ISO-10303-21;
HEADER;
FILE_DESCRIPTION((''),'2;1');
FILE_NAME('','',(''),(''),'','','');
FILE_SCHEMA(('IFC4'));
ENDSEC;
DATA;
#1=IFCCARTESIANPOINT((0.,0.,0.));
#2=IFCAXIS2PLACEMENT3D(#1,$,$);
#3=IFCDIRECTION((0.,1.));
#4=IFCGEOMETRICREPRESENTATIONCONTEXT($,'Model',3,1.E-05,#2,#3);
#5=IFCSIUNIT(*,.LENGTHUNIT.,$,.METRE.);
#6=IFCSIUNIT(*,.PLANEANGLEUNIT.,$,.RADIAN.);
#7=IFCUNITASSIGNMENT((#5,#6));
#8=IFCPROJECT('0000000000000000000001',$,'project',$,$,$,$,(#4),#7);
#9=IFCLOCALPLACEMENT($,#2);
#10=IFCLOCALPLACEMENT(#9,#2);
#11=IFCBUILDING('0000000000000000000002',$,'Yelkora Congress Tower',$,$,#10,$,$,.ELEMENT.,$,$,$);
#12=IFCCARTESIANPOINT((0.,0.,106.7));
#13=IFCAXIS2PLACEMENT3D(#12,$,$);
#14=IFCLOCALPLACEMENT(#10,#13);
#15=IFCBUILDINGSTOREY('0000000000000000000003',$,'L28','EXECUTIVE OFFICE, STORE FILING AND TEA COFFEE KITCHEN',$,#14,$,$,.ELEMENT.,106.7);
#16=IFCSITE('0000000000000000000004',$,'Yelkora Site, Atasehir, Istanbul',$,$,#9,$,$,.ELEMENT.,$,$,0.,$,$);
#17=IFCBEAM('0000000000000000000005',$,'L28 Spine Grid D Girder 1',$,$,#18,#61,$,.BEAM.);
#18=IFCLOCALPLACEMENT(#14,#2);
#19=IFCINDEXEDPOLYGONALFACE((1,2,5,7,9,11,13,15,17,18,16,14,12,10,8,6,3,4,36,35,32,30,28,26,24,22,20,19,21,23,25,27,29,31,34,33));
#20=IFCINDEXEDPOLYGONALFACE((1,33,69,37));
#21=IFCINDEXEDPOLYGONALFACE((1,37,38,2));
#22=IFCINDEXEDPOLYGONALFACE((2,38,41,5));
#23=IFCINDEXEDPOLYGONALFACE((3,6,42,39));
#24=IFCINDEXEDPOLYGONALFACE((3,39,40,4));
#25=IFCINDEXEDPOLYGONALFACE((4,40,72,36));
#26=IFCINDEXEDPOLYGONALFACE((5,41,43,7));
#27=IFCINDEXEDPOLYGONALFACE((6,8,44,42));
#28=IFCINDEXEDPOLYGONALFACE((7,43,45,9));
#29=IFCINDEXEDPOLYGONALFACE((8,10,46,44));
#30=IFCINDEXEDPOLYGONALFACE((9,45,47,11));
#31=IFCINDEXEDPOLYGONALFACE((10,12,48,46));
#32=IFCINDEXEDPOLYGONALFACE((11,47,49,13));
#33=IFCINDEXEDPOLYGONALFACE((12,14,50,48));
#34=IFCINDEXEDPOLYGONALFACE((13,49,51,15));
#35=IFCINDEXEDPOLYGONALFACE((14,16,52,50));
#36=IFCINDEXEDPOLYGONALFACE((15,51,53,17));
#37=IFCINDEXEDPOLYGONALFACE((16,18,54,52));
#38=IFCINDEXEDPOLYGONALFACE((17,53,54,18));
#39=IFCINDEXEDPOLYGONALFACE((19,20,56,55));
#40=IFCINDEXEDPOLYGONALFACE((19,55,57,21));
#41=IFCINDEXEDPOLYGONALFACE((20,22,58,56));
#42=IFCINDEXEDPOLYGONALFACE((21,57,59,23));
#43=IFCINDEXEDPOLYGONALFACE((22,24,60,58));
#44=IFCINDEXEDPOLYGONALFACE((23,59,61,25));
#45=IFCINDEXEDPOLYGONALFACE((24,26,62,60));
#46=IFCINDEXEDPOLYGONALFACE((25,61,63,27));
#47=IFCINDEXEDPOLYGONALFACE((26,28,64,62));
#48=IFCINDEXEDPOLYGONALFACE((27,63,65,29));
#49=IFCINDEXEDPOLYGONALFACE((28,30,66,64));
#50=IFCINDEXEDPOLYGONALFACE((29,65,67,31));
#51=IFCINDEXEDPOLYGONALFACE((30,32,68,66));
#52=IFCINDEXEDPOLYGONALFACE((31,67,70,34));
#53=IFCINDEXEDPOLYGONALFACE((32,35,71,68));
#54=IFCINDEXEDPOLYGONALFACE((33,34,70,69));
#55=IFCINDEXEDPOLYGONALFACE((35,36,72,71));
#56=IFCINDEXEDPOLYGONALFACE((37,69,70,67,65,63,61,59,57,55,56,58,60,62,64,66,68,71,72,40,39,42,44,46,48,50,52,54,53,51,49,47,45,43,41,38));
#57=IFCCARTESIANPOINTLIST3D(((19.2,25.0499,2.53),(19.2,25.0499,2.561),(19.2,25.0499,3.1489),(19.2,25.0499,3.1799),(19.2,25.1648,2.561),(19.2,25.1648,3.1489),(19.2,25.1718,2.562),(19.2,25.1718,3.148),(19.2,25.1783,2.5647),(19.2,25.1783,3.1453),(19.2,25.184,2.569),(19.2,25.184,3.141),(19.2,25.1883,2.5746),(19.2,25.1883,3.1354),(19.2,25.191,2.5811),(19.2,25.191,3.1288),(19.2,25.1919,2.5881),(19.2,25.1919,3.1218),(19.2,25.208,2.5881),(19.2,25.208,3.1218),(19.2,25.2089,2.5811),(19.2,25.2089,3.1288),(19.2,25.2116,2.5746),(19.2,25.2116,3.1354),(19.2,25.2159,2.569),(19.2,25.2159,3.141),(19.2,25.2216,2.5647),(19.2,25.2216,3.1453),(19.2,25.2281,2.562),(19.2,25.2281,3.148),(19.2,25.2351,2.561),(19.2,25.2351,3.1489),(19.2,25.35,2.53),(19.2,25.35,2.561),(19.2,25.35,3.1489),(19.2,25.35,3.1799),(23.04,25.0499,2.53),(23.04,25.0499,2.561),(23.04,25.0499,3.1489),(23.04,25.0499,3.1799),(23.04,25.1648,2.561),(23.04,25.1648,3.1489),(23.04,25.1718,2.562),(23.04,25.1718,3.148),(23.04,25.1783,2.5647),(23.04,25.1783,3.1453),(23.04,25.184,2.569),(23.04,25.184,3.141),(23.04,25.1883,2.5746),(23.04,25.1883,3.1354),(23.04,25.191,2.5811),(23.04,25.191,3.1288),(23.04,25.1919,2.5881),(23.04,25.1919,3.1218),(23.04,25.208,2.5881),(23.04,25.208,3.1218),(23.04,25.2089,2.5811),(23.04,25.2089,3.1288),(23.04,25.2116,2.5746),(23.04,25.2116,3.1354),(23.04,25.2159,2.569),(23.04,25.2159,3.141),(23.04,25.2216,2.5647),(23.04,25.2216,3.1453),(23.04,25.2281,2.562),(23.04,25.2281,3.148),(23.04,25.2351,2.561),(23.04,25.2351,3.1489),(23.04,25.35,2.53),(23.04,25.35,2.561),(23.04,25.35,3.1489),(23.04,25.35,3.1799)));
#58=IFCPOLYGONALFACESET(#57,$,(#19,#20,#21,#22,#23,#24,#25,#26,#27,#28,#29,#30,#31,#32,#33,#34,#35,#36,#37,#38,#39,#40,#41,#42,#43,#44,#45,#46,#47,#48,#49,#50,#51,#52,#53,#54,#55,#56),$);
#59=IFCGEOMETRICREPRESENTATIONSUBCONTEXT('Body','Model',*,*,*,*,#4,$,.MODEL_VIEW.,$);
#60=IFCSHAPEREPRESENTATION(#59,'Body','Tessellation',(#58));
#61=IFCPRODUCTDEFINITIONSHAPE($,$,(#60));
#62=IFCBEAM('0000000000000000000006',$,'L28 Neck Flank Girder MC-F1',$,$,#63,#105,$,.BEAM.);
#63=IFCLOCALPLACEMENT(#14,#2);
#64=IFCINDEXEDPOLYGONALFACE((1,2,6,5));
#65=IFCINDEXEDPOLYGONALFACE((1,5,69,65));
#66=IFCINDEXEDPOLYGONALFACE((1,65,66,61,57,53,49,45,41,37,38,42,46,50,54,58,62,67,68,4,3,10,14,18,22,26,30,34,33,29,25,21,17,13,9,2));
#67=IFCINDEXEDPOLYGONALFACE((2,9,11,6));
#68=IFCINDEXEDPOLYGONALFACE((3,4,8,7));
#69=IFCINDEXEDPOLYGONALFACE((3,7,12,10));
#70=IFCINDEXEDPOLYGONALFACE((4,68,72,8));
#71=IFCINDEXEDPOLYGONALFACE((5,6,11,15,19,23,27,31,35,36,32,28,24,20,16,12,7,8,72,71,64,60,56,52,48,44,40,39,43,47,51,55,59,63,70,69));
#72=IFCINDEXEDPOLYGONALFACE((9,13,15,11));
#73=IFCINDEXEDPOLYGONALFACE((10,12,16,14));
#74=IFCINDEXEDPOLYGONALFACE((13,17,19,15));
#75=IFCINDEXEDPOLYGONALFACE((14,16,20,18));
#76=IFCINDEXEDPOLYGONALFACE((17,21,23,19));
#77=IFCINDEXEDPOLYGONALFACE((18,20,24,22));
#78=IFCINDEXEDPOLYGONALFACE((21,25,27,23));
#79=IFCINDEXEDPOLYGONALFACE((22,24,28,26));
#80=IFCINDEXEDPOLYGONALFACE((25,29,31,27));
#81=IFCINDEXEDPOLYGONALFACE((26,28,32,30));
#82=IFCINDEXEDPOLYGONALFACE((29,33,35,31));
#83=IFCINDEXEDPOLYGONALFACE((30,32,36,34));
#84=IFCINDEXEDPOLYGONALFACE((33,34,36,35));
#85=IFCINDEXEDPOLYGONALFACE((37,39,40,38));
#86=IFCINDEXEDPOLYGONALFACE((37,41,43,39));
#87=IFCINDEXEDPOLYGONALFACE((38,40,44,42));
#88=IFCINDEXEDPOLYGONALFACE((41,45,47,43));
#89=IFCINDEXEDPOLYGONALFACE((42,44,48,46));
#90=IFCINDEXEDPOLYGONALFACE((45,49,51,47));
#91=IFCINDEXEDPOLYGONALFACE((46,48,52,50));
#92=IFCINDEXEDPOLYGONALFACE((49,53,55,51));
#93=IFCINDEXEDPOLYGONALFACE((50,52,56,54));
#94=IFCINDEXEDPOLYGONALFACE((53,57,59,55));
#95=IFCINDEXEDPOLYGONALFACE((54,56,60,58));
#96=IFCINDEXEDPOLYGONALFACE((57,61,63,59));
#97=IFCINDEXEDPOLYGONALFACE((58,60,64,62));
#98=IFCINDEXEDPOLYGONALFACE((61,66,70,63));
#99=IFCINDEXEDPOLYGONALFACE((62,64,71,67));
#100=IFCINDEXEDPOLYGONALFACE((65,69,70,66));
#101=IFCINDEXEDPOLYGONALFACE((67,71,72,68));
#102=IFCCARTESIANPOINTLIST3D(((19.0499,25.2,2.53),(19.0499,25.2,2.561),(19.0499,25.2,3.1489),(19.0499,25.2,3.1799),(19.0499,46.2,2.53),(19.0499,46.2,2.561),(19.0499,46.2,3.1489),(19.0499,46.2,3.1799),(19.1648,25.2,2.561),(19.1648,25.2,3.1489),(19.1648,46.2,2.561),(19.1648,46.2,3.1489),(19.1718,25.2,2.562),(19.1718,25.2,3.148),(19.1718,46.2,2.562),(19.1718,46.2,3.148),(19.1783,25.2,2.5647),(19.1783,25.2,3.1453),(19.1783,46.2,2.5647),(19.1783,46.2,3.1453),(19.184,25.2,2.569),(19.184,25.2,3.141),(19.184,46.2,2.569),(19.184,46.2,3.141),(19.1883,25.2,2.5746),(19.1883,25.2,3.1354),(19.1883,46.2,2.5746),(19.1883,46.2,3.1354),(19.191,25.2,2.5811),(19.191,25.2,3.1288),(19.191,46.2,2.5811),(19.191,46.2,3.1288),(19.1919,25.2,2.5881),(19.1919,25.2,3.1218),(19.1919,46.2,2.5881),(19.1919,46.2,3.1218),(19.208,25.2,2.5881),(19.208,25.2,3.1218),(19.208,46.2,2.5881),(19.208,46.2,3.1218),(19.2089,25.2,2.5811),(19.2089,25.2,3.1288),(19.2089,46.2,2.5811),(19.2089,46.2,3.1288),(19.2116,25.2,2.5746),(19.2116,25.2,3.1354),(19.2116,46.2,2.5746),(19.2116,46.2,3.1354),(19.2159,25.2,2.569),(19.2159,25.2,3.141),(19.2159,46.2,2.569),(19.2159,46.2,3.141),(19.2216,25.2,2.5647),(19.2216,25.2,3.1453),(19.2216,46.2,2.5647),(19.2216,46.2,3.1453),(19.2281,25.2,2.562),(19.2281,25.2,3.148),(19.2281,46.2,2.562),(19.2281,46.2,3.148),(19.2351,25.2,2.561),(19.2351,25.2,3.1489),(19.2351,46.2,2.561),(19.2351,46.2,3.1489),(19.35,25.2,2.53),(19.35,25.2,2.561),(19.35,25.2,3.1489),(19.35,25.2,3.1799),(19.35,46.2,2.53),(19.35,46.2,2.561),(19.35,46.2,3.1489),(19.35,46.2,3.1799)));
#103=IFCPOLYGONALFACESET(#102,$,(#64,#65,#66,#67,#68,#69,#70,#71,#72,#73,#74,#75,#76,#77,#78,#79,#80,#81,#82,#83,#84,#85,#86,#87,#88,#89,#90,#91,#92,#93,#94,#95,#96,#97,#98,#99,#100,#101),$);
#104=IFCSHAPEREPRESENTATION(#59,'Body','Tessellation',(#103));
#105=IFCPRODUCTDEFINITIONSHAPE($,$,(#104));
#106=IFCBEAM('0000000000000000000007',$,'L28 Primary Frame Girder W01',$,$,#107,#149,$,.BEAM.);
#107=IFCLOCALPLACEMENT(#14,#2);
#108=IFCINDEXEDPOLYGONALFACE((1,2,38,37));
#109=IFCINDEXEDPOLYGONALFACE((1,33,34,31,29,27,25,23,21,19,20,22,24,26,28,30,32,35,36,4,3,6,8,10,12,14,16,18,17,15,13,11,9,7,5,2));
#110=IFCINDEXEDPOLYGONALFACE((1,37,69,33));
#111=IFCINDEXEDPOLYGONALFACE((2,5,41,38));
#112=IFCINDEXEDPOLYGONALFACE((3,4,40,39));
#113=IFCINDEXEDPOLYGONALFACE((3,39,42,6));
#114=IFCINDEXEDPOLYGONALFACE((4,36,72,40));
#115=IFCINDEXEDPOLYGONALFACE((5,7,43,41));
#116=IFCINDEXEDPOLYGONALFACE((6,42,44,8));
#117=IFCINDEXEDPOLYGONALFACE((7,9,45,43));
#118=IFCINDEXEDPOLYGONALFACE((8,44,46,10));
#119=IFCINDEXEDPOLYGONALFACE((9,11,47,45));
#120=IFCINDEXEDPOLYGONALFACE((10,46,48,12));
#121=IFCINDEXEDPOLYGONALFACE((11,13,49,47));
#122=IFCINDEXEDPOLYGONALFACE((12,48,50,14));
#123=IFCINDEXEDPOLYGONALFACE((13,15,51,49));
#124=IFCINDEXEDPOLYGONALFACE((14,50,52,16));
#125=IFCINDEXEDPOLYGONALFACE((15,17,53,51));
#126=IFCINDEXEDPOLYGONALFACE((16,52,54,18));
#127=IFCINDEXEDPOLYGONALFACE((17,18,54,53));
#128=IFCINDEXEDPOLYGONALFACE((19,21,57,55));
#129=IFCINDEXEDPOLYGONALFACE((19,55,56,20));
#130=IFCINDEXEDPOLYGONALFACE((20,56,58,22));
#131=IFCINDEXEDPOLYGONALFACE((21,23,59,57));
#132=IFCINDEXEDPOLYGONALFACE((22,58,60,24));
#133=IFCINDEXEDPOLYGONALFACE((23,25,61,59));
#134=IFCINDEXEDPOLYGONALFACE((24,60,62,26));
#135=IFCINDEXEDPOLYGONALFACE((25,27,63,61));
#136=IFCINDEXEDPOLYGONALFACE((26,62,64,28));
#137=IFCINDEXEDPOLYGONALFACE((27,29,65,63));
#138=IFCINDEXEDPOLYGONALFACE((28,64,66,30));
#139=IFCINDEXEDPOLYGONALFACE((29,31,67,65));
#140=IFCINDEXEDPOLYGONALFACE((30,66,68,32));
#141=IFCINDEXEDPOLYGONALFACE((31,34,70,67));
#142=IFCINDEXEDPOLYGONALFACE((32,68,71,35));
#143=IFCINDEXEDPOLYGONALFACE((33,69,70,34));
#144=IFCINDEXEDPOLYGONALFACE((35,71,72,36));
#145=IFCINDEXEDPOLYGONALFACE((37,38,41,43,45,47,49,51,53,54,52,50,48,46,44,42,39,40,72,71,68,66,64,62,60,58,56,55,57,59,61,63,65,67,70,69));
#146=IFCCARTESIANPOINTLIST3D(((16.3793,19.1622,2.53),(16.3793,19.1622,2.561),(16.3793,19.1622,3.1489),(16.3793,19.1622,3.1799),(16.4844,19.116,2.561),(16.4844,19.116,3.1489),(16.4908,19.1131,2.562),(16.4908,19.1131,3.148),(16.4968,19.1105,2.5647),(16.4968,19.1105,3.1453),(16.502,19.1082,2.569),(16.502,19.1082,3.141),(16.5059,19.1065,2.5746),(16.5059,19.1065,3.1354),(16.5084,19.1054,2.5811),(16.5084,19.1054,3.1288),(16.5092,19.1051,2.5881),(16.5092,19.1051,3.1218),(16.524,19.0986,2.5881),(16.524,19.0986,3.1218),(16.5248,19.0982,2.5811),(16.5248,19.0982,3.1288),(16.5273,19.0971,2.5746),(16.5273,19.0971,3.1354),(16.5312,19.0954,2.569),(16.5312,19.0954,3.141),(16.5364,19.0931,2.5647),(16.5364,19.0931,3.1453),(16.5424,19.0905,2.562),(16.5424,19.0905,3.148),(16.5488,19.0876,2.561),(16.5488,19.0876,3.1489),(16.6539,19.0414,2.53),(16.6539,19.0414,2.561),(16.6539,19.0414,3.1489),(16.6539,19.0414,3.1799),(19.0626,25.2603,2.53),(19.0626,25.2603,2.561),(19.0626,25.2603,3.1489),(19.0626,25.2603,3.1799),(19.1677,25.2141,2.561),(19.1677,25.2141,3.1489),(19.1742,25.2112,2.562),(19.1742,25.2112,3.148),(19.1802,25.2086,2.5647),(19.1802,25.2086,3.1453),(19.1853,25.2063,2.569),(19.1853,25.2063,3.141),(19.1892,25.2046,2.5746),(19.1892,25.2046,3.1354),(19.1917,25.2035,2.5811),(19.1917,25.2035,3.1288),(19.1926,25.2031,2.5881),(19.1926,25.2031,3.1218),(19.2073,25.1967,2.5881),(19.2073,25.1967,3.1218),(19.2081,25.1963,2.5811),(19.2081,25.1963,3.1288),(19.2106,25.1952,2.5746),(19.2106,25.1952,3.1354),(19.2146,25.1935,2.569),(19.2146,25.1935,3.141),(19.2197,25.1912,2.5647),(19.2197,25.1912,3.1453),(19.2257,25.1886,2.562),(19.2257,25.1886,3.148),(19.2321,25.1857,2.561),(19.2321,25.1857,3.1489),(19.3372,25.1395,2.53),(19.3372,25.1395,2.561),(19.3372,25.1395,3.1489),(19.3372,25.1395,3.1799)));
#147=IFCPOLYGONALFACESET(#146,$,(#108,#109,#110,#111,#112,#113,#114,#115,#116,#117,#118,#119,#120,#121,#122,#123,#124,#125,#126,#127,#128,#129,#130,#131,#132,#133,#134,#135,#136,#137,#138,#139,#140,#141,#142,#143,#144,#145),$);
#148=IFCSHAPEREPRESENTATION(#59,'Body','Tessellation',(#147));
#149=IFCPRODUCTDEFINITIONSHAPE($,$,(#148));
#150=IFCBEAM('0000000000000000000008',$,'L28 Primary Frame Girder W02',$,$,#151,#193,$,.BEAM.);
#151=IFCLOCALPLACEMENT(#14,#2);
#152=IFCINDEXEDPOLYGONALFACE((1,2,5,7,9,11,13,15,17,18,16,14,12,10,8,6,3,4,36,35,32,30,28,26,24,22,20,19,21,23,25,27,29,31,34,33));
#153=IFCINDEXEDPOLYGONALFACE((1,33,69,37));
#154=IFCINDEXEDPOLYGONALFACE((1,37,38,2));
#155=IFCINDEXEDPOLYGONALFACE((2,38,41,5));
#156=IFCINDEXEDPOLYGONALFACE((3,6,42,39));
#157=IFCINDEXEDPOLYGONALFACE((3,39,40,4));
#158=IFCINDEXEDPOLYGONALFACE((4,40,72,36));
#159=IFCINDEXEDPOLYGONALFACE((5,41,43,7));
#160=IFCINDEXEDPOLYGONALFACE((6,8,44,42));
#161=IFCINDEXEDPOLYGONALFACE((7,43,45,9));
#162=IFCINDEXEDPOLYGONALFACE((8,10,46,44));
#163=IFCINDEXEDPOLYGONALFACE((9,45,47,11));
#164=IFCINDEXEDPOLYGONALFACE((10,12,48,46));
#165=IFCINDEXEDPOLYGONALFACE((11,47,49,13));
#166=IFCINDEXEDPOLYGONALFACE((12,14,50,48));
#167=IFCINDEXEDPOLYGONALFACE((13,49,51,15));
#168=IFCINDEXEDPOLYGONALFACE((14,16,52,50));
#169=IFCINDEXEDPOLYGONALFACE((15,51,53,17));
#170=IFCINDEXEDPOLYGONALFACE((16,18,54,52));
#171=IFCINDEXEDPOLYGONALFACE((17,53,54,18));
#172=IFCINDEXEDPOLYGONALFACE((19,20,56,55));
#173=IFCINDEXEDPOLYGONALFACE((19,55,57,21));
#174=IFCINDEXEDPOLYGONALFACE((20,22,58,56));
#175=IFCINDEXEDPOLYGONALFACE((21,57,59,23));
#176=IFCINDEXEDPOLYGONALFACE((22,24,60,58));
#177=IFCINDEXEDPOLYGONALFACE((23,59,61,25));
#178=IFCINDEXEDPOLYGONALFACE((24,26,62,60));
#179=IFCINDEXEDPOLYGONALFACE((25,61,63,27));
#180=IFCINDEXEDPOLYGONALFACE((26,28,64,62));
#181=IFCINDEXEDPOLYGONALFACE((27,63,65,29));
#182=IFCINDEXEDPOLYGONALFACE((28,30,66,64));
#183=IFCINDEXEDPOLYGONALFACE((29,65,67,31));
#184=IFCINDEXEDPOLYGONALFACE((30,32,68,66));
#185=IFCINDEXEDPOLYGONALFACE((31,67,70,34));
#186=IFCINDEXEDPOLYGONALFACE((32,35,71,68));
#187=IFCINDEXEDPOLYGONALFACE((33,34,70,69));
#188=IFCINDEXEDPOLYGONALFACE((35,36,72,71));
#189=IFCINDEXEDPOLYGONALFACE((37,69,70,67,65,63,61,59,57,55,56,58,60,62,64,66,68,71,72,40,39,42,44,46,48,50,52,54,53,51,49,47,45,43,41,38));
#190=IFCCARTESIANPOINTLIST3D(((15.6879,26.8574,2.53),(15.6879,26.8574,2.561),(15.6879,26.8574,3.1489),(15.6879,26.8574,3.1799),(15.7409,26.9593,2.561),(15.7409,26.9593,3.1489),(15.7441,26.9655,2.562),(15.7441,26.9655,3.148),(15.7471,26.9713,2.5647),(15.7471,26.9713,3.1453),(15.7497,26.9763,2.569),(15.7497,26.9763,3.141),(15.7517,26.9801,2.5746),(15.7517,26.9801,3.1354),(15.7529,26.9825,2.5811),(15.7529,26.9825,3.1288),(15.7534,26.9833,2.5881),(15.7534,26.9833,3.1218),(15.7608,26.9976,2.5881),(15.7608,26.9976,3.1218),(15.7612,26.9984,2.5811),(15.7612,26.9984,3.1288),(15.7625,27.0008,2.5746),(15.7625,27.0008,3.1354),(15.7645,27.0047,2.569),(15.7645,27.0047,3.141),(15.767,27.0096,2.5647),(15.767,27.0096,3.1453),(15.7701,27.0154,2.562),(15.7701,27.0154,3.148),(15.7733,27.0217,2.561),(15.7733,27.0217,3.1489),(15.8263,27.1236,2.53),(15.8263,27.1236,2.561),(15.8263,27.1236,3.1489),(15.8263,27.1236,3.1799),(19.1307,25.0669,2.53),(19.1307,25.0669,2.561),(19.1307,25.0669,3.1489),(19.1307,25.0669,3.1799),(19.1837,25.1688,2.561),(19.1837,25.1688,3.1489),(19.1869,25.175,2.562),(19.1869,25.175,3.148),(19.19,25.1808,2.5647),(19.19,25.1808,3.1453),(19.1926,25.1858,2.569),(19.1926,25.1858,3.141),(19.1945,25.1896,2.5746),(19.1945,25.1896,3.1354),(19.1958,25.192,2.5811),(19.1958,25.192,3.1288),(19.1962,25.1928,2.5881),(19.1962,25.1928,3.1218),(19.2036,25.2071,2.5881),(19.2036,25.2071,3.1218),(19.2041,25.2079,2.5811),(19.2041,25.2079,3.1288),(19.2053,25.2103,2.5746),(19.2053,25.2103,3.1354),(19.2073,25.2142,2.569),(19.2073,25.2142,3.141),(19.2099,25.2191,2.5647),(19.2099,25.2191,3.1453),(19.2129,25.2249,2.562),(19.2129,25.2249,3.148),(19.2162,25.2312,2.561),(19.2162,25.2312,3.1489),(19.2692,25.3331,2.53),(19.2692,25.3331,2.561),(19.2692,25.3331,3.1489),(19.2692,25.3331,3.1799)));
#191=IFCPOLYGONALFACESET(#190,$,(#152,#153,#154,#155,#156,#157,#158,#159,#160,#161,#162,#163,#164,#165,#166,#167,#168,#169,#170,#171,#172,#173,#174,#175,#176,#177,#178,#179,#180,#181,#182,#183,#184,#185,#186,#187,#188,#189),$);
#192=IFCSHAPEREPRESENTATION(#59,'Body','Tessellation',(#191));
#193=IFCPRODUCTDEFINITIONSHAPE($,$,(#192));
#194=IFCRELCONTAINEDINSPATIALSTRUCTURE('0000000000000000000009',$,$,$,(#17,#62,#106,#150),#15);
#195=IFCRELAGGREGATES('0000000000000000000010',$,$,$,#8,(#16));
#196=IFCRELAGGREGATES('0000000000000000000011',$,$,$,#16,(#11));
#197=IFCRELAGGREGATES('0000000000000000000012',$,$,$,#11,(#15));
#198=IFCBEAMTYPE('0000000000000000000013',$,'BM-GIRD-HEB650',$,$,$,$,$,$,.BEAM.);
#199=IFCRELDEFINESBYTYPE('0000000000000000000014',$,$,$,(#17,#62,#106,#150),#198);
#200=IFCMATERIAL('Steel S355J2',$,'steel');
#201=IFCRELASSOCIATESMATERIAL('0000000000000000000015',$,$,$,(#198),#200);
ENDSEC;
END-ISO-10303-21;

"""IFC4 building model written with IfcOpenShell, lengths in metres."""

from ifc_helpers import new_model, si_unit, direction, frame, origin, origin_2d, place, context, subcontext, project, spatial, i_section, extrude, material, material_profile, profile_set, type_object, element, save


model = new_model("IFC4")

# Units and contexts
model_context = context("Model", 3, precision=1e-05, world=origin(), true_north=direction((0.0, 1.0)))
body_context = subcontext(model_context, "Body", "Model", "MODEL_VIEW")
ifc_project = project(units=[si_unit("LENGTHUNIT", "METRE"), si_unit("PLANEANGLEUNIT", "RADIAN")], contexts=[model_context])

# Site, building, storey
site_placement = place(None, origin())
site = spatial("IfcSite", under=ifc_project, at=site_placement, Name="Yelkora Site, Atasehir, Istanbul", CompositionType="ELEMENT", RefElevation=0.0)
building_placement = place(site_placement, origin())
building = spatial("IfcBuilding", under=site, at=building_placement, Name="Yelkora Congress Tower", CompositionType="ELEMENT")
storey_placement = place(building_placement, frame((0.0, 0.0, 106.7)))
storey = spatial("IfcBuildingStorey", under=building, at=storey_placement, Name="L28", Description="EXECUTIVE OFFICE, STORE FILING AND TEA COFFEE KITCHEN", CompositionType="ELEMENT", Elevation=106.7)

# Beams
ifc_material_1 = material(Name="Steel S355J2", Category="steel")
ifc_material_profile_1 = material_profile(ifc_material_1, i_section(OverallWidth=0.3, OverallDepth=0.6499, WebThickness=0.0161, FlangeThickness=0.031, FilletRadius=0.0271, at=origin_2d()), Name="HEB 650")
ifc_profile_set_1 = profile_set([ifc_material_profile_1], Name="Steel S355J2")
beam_type_1 = type_object("IfcBeamType", Name="BM-GIRD-HEB650", PredefinedType="BEAM", material=ifc_profile_set_1)
beam_1_placement = place(storey_placement, frame((19.2, 25.2, 2.855), z_axis=(1.0, 0.0, 0.0), x_axis=(0.0, 1.0, 0.0)))
element("IfcBeam", 1, at=beam_1_placement, inside=storey, type_object=beam_type_1, Name="L28 Spine Grid D Girder 1", PredefinedType="BEAM", context=body_context, shape_type="SweptSolid", body=[
    extrude(i_section(OverallWidth=0.3, OverallDepth=0.6499, WebThickness=0.0161, FlangeThickness=0.031, FilletRadius=0.0271, at=origin_2d()), origin(), (0.0, 0.0, 1.0), 3.8401),
])
beam_2_placement = place(storey_placement, frame((19.2, 25.2, 2.855), z_axis=(0.0, 1.0, 0.0), x_axis=(-1.0, 0.0, 0.0)))
element("IfcBeam", 2, at=beam_2_placement, inside=storey, type_object=beam_type_1, Name="L28 Neck Flank Girder MC-F1", PredefinedType="BEAM", context=body_context, shape_type="SweptSolid", body=[
    extrude(i_section(OverallWidth=0.3, OverallDepth=0.6499, WebThickness=0.0161, FlangeThickness=0.031, FilletRadius=0.0271, at=origin_2d()), origin(), (0.0, 0.0, 1.0), 21.0),
])
beam_3_placement = place(storey_placement, frame((16.5166, 19.1018, 2.855), z_axis=(0.402759, 0.915306, 0.0), x_axis=(-0.915306, 0.402759, 0.0)))
element("IfcBeam", 3, at=beam_3_placement, inside=storey, type_object=beam_type_1, Name="L28 Primary Frame Girder W01", PredefinedType="BEAM", context=body_context, shape_type="SweptSolid", body=[
    extrude(i_section(OverallWidth=0.3, OverallDepth=0.6499, WebThickness=0.0161, FlangeThickness=0.031, FilletRadius=0.0271, at=origin_2d()), origin(), (0.0, 0.0, 1.0), 6.6624),
])
beam_4_placement = place(storey_placement, frame((15.7571, 26.9905, 2.855), z_axis=(0.887192, -0.4614, 0.0), x_axis=(0.4614, 0.887192, 0.0)))
element("IfcBeam", 4, at=beam_4_placement, inside=storey, type_object=beam_type_1, Name="L28 Primary Frame Girder W02", PredefinedType="BEAM", context=body_context, shape_type="SweptSolid", body=[
    extrude(i_section(OverallWidth=0.3, OverallDepth=0.6499, WebThickness=0.0161, FlangeThickness=0.031, FilletRadius=0.0271, at=origin_2d()), origin(), (0.0, 0.0, 1.0), 3.8806),
])

save(model, "model.ifc")
